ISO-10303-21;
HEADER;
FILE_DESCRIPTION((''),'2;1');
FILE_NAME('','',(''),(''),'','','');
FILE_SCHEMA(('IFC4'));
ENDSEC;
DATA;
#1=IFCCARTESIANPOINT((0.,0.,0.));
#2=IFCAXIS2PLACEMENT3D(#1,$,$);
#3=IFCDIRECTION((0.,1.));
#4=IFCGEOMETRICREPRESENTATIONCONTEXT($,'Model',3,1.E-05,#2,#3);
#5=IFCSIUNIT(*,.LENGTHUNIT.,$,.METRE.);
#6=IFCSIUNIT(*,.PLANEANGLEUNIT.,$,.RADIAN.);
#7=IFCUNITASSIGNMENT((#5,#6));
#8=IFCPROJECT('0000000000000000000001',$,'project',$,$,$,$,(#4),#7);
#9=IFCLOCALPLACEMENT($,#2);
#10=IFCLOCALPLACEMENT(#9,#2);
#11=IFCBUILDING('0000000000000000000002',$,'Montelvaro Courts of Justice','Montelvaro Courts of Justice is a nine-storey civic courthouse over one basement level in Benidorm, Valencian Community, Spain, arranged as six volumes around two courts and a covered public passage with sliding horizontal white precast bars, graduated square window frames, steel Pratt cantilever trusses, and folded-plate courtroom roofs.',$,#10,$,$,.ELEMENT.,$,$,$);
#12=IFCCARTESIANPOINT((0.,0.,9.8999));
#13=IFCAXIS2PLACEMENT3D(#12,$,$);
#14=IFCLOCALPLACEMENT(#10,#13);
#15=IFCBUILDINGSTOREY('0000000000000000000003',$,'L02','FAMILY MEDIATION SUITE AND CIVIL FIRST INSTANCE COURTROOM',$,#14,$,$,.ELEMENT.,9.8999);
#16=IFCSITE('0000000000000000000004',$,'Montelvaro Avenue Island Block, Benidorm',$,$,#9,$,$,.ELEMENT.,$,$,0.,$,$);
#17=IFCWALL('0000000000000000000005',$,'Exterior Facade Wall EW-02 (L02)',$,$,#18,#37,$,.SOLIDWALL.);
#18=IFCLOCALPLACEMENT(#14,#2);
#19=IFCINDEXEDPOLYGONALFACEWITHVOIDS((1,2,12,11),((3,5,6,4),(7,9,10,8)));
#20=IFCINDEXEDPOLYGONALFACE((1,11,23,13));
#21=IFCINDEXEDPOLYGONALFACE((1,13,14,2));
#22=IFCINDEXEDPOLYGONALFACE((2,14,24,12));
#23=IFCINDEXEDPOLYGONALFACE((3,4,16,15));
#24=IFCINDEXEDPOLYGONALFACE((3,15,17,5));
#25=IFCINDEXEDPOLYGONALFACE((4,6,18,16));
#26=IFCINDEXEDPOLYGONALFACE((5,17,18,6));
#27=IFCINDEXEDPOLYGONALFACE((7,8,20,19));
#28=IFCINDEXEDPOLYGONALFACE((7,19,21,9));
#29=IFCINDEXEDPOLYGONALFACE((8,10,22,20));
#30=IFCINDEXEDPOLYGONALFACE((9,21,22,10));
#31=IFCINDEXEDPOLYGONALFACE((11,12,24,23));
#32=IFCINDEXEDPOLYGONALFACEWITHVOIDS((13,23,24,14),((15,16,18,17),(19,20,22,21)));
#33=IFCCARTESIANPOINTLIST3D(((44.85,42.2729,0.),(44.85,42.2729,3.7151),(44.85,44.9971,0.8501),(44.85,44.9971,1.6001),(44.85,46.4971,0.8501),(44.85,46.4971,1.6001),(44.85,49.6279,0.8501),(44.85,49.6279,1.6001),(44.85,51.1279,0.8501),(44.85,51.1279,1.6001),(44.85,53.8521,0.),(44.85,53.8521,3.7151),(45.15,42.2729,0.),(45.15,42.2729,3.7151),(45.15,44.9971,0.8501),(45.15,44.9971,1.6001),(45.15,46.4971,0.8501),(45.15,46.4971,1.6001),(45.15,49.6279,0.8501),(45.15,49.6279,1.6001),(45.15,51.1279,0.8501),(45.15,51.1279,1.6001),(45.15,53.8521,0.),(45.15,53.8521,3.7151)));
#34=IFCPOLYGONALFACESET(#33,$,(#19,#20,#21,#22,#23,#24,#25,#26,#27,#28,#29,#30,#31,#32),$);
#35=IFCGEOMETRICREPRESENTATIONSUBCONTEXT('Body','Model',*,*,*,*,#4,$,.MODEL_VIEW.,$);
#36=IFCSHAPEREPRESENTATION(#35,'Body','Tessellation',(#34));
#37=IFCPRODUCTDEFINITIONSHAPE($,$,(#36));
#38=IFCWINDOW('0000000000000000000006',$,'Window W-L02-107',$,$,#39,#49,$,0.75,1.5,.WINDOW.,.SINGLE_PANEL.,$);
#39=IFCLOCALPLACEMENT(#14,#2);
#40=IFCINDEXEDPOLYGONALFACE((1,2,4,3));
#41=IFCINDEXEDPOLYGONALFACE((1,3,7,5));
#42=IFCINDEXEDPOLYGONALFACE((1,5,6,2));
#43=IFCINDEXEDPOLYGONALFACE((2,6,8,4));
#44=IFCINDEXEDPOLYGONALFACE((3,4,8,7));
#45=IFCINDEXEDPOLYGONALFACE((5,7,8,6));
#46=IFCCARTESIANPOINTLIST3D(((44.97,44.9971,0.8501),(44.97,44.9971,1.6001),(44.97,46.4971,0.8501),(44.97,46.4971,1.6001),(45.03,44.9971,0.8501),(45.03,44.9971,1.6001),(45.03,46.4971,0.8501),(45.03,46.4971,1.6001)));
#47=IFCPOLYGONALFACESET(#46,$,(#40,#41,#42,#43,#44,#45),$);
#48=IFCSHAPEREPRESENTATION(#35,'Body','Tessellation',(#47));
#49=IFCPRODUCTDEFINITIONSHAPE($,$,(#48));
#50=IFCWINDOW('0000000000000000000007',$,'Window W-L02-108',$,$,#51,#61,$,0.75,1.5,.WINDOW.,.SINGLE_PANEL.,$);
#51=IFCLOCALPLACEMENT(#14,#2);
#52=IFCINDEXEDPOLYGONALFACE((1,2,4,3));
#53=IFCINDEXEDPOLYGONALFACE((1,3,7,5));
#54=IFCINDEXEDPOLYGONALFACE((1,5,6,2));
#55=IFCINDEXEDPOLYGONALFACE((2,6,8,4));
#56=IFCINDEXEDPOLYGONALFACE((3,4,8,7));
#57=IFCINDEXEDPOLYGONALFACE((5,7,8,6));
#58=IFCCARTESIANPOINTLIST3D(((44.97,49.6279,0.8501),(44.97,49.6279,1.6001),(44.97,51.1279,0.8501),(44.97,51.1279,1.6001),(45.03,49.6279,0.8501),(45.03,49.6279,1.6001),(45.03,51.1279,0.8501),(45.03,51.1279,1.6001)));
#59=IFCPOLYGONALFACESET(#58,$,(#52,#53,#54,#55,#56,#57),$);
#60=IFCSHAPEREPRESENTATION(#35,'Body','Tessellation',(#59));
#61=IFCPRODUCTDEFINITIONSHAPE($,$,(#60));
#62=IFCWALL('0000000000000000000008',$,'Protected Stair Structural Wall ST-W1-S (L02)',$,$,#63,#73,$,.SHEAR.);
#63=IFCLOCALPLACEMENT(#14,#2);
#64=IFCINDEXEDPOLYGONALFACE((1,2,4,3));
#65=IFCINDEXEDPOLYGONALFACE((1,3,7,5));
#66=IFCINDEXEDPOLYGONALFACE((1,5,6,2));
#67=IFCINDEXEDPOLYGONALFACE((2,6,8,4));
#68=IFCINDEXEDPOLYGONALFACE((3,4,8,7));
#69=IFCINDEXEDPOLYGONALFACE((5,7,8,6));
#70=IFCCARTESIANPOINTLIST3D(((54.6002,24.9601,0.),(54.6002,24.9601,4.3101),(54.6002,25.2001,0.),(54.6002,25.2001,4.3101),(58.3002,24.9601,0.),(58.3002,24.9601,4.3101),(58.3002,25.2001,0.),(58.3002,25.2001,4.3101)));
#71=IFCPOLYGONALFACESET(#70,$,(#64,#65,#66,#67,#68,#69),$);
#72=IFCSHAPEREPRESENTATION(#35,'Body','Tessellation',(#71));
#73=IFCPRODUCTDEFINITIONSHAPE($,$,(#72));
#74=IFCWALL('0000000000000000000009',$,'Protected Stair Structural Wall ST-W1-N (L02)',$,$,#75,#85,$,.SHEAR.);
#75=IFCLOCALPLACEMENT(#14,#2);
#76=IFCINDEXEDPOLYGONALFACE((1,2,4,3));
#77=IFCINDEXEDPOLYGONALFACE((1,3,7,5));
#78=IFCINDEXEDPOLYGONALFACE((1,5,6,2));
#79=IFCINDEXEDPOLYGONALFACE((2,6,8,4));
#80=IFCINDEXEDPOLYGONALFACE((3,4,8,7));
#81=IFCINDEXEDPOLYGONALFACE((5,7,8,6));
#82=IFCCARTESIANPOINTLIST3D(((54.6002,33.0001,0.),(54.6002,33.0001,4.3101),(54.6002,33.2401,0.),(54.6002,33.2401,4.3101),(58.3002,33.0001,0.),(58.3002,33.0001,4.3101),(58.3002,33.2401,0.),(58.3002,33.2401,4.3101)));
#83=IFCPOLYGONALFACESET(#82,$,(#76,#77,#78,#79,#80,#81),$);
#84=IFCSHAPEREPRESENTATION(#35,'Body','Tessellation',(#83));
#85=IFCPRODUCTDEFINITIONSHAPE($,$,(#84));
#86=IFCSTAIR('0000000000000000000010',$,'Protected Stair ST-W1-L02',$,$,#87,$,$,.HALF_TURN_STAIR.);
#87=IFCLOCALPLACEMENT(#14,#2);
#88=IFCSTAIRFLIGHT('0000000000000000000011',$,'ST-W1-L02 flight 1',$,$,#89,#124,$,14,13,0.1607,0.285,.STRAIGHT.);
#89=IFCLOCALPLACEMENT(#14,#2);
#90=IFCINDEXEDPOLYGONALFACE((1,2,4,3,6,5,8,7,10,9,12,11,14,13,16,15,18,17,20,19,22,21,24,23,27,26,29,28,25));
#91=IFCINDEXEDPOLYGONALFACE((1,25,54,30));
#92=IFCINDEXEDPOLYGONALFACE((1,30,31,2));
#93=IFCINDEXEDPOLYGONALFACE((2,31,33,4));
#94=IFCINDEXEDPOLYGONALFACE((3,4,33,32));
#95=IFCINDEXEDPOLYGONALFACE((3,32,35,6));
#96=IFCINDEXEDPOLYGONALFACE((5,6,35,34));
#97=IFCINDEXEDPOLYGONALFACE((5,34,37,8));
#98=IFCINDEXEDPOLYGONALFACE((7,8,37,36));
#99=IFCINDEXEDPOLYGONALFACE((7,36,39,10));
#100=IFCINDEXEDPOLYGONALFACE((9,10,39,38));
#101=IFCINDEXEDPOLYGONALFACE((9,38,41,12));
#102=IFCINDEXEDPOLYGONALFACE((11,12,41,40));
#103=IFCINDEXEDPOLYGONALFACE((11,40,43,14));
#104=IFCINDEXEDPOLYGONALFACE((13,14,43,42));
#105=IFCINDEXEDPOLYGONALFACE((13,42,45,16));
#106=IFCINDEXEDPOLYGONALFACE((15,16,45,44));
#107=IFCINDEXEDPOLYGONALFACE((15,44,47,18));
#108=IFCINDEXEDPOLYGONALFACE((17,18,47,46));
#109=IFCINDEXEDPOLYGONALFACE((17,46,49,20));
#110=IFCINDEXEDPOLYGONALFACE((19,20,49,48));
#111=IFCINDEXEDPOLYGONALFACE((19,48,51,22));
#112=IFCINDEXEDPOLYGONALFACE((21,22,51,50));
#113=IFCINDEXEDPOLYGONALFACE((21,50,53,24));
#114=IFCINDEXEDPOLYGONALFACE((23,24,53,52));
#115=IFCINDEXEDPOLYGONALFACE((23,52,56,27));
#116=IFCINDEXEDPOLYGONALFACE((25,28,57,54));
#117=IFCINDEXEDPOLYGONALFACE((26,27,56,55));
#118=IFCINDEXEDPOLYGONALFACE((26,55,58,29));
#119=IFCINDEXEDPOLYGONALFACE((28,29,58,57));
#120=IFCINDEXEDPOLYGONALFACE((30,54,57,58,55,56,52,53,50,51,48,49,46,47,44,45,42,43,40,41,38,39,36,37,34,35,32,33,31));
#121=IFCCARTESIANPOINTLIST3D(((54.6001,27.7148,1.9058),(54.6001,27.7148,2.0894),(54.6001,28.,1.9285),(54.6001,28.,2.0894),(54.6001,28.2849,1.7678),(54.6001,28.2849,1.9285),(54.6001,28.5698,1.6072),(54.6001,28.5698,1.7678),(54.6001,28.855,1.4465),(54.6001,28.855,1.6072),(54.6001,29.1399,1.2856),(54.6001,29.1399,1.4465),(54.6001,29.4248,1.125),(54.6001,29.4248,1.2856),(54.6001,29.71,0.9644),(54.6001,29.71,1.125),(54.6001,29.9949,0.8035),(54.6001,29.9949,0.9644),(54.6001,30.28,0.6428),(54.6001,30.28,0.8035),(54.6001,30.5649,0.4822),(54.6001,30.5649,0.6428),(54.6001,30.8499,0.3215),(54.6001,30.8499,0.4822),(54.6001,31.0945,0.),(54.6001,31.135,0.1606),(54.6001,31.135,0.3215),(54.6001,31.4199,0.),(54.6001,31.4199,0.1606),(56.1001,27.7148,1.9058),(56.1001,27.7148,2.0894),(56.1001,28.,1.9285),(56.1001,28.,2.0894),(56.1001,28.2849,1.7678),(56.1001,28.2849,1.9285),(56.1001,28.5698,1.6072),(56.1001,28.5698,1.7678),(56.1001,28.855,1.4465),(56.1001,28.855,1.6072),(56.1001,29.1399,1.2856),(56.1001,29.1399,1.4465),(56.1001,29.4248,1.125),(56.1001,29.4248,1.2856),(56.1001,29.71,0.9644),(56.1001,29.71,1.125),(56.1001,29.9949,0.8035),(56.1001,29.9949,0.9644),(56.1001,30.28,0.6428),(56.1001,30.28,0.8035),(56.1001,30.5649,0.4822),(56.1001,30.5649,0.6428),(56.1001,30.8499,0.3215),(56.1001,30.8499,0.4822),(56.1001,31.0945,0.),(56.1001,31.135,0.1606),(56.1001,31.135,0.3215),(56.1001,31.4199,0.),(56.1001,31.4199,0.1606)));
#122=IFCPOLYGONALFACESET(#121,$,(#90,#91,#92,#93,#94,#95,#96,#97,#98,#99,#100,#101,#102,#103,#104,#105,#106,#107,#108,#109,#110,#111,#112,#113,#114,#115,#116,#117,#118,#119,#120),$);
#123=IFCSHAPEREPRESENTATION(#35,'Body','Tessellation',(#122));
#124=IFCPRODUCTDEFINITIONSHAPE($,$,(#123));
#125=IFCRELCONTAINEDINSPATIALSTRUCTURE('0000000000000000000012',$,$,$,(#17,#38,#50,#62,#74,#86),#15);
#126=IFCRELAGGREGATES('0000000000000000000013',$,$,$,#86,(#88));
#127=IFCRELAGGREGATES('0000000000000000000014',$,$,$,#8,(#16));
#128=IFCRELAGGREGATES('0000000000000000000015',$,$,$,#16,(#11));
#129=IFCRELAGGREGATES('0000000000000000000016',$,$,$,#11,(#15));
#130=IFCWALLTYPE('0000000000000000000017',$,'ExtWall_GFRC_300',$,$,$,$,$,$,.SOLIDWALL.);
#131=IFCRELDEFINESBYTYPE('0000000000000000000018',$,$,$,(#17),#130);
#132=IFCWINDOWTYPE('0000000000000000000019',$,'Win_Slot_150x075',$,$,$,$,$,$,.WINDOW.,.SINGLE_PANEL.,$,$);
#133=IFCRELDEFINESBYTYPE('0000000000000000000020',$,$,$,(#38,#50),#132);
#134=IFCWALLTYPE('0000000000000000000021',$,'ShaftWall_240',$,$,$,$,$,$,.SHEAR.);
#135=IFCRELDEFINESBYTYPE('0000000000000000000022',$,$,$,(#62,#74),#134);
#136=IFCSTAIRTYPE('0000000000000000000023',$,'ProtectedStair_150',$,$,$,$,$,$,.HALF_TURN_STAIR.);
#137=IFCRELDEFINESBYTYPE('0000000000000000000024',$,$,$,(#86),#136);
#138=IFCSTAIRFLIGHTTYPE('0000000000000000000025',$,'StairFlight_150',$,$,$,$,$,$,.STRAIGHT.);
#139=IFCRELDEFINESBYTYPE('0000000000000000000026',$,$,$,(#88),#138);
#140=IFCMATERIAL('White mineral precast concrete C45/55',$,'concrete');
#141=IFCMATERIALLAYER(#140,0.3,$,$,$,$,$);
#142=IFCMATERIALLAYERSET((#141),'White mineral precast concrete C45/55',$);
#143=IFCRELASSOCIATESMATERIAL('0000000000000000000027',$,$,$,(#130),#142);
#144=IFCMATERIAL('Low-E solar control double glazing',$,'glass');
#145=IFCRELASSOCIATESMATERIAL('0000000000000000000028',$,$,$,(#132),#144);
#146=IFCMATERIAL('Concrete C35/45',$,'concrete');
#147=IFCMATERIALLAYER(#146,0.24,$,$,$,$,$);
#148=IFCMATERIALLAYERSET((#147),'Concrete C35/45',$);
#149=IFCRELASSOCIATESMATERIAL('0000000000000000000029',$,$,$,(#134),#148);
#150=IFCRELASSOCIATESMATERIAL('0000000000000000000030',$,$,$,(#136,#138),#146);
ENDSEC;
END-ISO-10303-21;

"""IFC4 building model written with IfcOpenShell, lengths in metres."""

from ifc_helpers import new_model, si_unit, direction, frame, frame_2d, origin, place, context, subcontext, project, spatial, polyline, rectangle, outline, extrude, material, layer, layer_set, type_object, element, fill, aggregate, save


model = new_model("IFC4")

# Units and contexts
model_context = context("Model", 3, precision=1e-05, world=origin(), true_north=direction((0.0, 1.0)))
body_context = subcontext(model_context, "Body", "Model", "MODEL_VIEW")
ifc_project = project(units=[si_unit("LENGTHUNIT", "METRE"), si_unit("PLANEANGLEUNIT", "RADIAN")], contexts=[model_context])

# Site, building, storey
site_placement = place(None, origin())
site = spatial("IfcSite", under=ifc_project, at=site_placement, Name="Montelvaro Avenue Island Block, Benidorm", CompositionType="ELEMENT", RefElevation=0.0)
building_placement = place(site_placement, origin())
building = spatial("IfcBuilding", under=site, at=building_placement, Name="Montelvaro Courts of Justice", Description="Montelvaro Courts of Justice is a nine-storey civic courthouse over one basement level in Benidorm, Valencian Community, Spain, arranged as six volumes around two courts and a covered public passage with sliding horizontal white precast bars, graduated square window frames, steel Pratt cantilever trusses, and folded-plate courtroom roofs.", CompositionType="ELEMENT")
storey_placement = place(building_placement, frame((0.0, 0.0, 9.8999)))
storey = spatial("IfcBuildingStorey", under=building, at=storey_placement, Name="L02", Description="FAMILY MEDIATION SUITE AND CIVIL FIRST INSTANCE COURTROOM", CompositionType="ELEMENT", Elevation=9.8999)

# Shared definitions
ifc_material_1 = material(Name="White mineral precast concrete C45/55", Category="concrete")
ifc_layer_1 = layer(ifc_material_1, 0.3)
ifc_layer_set_1 = layer_set([ifc_layer_1], Name="White mineral precast concrete C45/55")
wall_type_1 = type_object("IfcWallType", Name="ExtWall_GFRC_300", PredefinedType="SOLIDWALL", material=ifc_layer_set_1)

# Wall, openings, windows
wall_1_placement = place(storey_placement, frame((45.0, 42.2729, 0.0), z_axis=(0.0, 0.0, 1.0), x_axis=(0.0, 1.0, 0.0)))
wall_1 = element("IfcWall", 1, at=wall_1_placement, inside=storey, type_object=wall_type_1, Name="Exterior Facade Wall EW-02 (L02)", PredefinedType="SOLIDWALL", context=body_context, shape_type="SweptSolid", body=[
    extrude(rectangle(XDim=11.5791, YDim=0.3, at=frame_2d((5.7896, 0.0))), origin(), (0.0, 0.0, 1.0), 3.7151),
])
opening_1_placement = place(wall_1_placement, frame((2.7241, 0.0, 0.8501)))
opening_1 = element("IfcOpeningElement", 2, at=opening_1_placement, cuts=wall_1, PredefinedType="OPENING", context=body_context, shape_type="SweptSolid", body=[
    extrude(rectangle(XDim=1.5, YDim=0.75, at=frame_2d((0.75, 0.375))), frame((0.0, 0.165, 0.0), z_axis=(0.0, -1.0, 0.0), x_axis=(1.0, 0.0, 0.0)), (0.0, 0.0, 1.0), 0.3298),
])
opening_2_placement = place(wall_1_placement, frame((7.355, 0.0, 0.8501)))
opening_2 = element("IfcOpeningElement", 3, at=opening_2_placement, cuts=wall_1, PredefinedType="OPENING", context=body_context, shape_type="SweptSolid", body=[
    extrude(rectangle(XDim=1.5, YDim=0.75, at=frame_2d((0.75, 0.375))), frame((0.0, 0.165, 0.0), z_axis=(0.0, -1.0, 0.0), x_axis=(1.0, 0.0, 0.0)), (0.0, 0.0, 1.0), 0.3298),
])
ifc_material_2 = material(Name="Low-E solar control double glazing", Category="glass")
window_type = type_object("IfcWindowType", Name="Win_Slot_150x075", PartitioningType="SINGLE_PANEL", PredefinedType="WINDOW", material=ifc_material_2)
window_1_placement = place(opening_1_placement, origin())
window_1 = element("IfcWindow", 4, at=window_1_placement, inside=storey, type_object=window_type, Name="Window W-L02-107", OverallHeight=0.75, OverallWidth=1.5, PartitioningType="SINGLE_PANEL", PredefinedType="WINDOW", context=body_context, shape_type="SweptSolid", body=[
    extrude(rectangle(XDim=1.5, YDim=0.75, at=frame_2d((0.75, 0.375))), frame((0.0, 0.03, 0.0), z_axis=(0.0, -1.0, 0.0), x_axis=(1.0, 0.0, 0.0)), (0.0, 0.0, 1.0), 0.0601),
])
fill(opening_1, window_1)
window_2_placement = place(opening_2_placement, origin())
window_2 = element("IfcWindow", 5, at=window_2_placement, inside=storey, type_object=window_type, Name="Window W-L02-108", OverallHeight=0.75, OverallWidth=1.5, PartitioningType="SINGLE_PANEL", PredefinedType="WINDOW", context=body_context, shape_type="SweptSolid", body=[
    extrude(rectangle(XDim=1.5, YDim=0.75, at=frame_2d((0.75, 0.375))), frame((0.0, 0.03, 0.0), z_axis=(0.0, -1.0, 0.0), x_axis=(1.0, 0.0, 0.0)), (0.0, 0.0, 1.0), 0.0601),
])
fill(opening_2, window_2)

# Walls
ifc_material_3 = material(Name="Concrete C35/45", Category="concrete")
ifc_layer_2 = layer(ifc_material_3, 0.24)
ifc_layer_set_2 = layer_set([ifc_layer_2], Name="Concrete C35/45")
wall_type_2 = type_object("IfcWallType", Name="ShaftWall_240", PredefinedType="SHEAR", material=ifc_layer_set_2)
for number, where, z_axis, x_axis, name in (
    (6, (54.6001, 25.0801, 0.0), (0.0, 0.0, 1.0), (1.0, 0.0, 0.0), "Protected Stair Structural Wall ST-W1-S (L02)"),
    (7, (54.6001, 33.1201, 0.0), (0.0, 0.0, 1.0), (1.0, 0.0, 0.0), "Protected Stair Structural Wall ST-W1-N (L02)"),
):
    element("IfcWall", number, at=place(storey_placement, frame(where, z_axis=z_axis, x_axis=x_axis)), inside=storey, type_object=wall_type_2, Name=name, PredefinedType="SHEAR", context=body_context, shape_type="SweptSolid", body=[
        extrude(rectangle(XDim=3.7, YDim=0.24, at=frame_2d((1.8501, 0.0))), origin(), (0.0, 0.0, 1.0), 4.3101),
    ])

# Stair, stair flight
stair_type = type_object("IfcStairType", Name="ProtectedStair_150", PredefinedType="HALF_TURN_STAIR", material=ifc_material_3)
stair_placement = place(storey_placement, origin())
stair = element("IfcStair", 8, at=stair_placement, inside=storey, type_object=stair_type, Name="Protected Stair ST-W1-L02", PredefinedType="HALF_TURN_STAIR")
stair_flight_type = type_object("IfcStairFlightType", Name="StairFlight_150", PredefinedType="STRAIGHT", material=ifc_material_3)
stair_flight_placement = place(storey_placement, frame((55.3501, 31.4199, 0.0), z_axis=(0.0, 0.0, 1.0), x_axis=(0.0, -1.0, 0.0)))
stair_flight = element("IfcStairFlight", 9, at=stair_flight_placement, type_object=stair_flight_type, Name="ST-W1-L02 flight 1", NumberOfRisers=14, NumberOfTreads=13, PredefinedType="STRAIGHT", RiserHeight=0.1607, TreadLength=0.285, context=body_context, shape_type="SweptSolid", body=[
    extrude(outline(polyline([(0.0, 0.0), (0.0, 0.1606), (0.2849, 0.1606), (0.2849, 0.3215), (0.5701, 0.3215), (0.5701, 0.4822), (0.855, 0.4822), (0.855, 0.6428), (1.1399, 0.6428), (1.1399, 0.8035), (1.425, 0.8035), (1.425, 0.9644), (1.71, 0.9644), (1.71, 1.125), (1.9951, 1.125), (1.9951, 1.2856), (2.28, 1.2856), (2.28, 1.4465), (2.5649, 1.4465), (2.5649, 1.6072), (2.8501, 1.6072), (2.8501, 1.7678), (3.135, 1.7678), (3.135, 1.9285), (3.4199, 1.9285), (3.4199, 2.0894), (3.7051, 2.0894), (3.7051, 2.25), (3.7051, 1.9058), (0.3254, 0.0), (0.0, 0.0)])), frame((0.0, 0.75, 0.0), z_axis=(0.0, -1.0, 0.0), x_axis=(1.0, 0.0, 0.0)), (0.0, 0.0, 1.0), 1.5),
])
aggregate(stair, [stair_flight])

save(model, "model.ifc")
